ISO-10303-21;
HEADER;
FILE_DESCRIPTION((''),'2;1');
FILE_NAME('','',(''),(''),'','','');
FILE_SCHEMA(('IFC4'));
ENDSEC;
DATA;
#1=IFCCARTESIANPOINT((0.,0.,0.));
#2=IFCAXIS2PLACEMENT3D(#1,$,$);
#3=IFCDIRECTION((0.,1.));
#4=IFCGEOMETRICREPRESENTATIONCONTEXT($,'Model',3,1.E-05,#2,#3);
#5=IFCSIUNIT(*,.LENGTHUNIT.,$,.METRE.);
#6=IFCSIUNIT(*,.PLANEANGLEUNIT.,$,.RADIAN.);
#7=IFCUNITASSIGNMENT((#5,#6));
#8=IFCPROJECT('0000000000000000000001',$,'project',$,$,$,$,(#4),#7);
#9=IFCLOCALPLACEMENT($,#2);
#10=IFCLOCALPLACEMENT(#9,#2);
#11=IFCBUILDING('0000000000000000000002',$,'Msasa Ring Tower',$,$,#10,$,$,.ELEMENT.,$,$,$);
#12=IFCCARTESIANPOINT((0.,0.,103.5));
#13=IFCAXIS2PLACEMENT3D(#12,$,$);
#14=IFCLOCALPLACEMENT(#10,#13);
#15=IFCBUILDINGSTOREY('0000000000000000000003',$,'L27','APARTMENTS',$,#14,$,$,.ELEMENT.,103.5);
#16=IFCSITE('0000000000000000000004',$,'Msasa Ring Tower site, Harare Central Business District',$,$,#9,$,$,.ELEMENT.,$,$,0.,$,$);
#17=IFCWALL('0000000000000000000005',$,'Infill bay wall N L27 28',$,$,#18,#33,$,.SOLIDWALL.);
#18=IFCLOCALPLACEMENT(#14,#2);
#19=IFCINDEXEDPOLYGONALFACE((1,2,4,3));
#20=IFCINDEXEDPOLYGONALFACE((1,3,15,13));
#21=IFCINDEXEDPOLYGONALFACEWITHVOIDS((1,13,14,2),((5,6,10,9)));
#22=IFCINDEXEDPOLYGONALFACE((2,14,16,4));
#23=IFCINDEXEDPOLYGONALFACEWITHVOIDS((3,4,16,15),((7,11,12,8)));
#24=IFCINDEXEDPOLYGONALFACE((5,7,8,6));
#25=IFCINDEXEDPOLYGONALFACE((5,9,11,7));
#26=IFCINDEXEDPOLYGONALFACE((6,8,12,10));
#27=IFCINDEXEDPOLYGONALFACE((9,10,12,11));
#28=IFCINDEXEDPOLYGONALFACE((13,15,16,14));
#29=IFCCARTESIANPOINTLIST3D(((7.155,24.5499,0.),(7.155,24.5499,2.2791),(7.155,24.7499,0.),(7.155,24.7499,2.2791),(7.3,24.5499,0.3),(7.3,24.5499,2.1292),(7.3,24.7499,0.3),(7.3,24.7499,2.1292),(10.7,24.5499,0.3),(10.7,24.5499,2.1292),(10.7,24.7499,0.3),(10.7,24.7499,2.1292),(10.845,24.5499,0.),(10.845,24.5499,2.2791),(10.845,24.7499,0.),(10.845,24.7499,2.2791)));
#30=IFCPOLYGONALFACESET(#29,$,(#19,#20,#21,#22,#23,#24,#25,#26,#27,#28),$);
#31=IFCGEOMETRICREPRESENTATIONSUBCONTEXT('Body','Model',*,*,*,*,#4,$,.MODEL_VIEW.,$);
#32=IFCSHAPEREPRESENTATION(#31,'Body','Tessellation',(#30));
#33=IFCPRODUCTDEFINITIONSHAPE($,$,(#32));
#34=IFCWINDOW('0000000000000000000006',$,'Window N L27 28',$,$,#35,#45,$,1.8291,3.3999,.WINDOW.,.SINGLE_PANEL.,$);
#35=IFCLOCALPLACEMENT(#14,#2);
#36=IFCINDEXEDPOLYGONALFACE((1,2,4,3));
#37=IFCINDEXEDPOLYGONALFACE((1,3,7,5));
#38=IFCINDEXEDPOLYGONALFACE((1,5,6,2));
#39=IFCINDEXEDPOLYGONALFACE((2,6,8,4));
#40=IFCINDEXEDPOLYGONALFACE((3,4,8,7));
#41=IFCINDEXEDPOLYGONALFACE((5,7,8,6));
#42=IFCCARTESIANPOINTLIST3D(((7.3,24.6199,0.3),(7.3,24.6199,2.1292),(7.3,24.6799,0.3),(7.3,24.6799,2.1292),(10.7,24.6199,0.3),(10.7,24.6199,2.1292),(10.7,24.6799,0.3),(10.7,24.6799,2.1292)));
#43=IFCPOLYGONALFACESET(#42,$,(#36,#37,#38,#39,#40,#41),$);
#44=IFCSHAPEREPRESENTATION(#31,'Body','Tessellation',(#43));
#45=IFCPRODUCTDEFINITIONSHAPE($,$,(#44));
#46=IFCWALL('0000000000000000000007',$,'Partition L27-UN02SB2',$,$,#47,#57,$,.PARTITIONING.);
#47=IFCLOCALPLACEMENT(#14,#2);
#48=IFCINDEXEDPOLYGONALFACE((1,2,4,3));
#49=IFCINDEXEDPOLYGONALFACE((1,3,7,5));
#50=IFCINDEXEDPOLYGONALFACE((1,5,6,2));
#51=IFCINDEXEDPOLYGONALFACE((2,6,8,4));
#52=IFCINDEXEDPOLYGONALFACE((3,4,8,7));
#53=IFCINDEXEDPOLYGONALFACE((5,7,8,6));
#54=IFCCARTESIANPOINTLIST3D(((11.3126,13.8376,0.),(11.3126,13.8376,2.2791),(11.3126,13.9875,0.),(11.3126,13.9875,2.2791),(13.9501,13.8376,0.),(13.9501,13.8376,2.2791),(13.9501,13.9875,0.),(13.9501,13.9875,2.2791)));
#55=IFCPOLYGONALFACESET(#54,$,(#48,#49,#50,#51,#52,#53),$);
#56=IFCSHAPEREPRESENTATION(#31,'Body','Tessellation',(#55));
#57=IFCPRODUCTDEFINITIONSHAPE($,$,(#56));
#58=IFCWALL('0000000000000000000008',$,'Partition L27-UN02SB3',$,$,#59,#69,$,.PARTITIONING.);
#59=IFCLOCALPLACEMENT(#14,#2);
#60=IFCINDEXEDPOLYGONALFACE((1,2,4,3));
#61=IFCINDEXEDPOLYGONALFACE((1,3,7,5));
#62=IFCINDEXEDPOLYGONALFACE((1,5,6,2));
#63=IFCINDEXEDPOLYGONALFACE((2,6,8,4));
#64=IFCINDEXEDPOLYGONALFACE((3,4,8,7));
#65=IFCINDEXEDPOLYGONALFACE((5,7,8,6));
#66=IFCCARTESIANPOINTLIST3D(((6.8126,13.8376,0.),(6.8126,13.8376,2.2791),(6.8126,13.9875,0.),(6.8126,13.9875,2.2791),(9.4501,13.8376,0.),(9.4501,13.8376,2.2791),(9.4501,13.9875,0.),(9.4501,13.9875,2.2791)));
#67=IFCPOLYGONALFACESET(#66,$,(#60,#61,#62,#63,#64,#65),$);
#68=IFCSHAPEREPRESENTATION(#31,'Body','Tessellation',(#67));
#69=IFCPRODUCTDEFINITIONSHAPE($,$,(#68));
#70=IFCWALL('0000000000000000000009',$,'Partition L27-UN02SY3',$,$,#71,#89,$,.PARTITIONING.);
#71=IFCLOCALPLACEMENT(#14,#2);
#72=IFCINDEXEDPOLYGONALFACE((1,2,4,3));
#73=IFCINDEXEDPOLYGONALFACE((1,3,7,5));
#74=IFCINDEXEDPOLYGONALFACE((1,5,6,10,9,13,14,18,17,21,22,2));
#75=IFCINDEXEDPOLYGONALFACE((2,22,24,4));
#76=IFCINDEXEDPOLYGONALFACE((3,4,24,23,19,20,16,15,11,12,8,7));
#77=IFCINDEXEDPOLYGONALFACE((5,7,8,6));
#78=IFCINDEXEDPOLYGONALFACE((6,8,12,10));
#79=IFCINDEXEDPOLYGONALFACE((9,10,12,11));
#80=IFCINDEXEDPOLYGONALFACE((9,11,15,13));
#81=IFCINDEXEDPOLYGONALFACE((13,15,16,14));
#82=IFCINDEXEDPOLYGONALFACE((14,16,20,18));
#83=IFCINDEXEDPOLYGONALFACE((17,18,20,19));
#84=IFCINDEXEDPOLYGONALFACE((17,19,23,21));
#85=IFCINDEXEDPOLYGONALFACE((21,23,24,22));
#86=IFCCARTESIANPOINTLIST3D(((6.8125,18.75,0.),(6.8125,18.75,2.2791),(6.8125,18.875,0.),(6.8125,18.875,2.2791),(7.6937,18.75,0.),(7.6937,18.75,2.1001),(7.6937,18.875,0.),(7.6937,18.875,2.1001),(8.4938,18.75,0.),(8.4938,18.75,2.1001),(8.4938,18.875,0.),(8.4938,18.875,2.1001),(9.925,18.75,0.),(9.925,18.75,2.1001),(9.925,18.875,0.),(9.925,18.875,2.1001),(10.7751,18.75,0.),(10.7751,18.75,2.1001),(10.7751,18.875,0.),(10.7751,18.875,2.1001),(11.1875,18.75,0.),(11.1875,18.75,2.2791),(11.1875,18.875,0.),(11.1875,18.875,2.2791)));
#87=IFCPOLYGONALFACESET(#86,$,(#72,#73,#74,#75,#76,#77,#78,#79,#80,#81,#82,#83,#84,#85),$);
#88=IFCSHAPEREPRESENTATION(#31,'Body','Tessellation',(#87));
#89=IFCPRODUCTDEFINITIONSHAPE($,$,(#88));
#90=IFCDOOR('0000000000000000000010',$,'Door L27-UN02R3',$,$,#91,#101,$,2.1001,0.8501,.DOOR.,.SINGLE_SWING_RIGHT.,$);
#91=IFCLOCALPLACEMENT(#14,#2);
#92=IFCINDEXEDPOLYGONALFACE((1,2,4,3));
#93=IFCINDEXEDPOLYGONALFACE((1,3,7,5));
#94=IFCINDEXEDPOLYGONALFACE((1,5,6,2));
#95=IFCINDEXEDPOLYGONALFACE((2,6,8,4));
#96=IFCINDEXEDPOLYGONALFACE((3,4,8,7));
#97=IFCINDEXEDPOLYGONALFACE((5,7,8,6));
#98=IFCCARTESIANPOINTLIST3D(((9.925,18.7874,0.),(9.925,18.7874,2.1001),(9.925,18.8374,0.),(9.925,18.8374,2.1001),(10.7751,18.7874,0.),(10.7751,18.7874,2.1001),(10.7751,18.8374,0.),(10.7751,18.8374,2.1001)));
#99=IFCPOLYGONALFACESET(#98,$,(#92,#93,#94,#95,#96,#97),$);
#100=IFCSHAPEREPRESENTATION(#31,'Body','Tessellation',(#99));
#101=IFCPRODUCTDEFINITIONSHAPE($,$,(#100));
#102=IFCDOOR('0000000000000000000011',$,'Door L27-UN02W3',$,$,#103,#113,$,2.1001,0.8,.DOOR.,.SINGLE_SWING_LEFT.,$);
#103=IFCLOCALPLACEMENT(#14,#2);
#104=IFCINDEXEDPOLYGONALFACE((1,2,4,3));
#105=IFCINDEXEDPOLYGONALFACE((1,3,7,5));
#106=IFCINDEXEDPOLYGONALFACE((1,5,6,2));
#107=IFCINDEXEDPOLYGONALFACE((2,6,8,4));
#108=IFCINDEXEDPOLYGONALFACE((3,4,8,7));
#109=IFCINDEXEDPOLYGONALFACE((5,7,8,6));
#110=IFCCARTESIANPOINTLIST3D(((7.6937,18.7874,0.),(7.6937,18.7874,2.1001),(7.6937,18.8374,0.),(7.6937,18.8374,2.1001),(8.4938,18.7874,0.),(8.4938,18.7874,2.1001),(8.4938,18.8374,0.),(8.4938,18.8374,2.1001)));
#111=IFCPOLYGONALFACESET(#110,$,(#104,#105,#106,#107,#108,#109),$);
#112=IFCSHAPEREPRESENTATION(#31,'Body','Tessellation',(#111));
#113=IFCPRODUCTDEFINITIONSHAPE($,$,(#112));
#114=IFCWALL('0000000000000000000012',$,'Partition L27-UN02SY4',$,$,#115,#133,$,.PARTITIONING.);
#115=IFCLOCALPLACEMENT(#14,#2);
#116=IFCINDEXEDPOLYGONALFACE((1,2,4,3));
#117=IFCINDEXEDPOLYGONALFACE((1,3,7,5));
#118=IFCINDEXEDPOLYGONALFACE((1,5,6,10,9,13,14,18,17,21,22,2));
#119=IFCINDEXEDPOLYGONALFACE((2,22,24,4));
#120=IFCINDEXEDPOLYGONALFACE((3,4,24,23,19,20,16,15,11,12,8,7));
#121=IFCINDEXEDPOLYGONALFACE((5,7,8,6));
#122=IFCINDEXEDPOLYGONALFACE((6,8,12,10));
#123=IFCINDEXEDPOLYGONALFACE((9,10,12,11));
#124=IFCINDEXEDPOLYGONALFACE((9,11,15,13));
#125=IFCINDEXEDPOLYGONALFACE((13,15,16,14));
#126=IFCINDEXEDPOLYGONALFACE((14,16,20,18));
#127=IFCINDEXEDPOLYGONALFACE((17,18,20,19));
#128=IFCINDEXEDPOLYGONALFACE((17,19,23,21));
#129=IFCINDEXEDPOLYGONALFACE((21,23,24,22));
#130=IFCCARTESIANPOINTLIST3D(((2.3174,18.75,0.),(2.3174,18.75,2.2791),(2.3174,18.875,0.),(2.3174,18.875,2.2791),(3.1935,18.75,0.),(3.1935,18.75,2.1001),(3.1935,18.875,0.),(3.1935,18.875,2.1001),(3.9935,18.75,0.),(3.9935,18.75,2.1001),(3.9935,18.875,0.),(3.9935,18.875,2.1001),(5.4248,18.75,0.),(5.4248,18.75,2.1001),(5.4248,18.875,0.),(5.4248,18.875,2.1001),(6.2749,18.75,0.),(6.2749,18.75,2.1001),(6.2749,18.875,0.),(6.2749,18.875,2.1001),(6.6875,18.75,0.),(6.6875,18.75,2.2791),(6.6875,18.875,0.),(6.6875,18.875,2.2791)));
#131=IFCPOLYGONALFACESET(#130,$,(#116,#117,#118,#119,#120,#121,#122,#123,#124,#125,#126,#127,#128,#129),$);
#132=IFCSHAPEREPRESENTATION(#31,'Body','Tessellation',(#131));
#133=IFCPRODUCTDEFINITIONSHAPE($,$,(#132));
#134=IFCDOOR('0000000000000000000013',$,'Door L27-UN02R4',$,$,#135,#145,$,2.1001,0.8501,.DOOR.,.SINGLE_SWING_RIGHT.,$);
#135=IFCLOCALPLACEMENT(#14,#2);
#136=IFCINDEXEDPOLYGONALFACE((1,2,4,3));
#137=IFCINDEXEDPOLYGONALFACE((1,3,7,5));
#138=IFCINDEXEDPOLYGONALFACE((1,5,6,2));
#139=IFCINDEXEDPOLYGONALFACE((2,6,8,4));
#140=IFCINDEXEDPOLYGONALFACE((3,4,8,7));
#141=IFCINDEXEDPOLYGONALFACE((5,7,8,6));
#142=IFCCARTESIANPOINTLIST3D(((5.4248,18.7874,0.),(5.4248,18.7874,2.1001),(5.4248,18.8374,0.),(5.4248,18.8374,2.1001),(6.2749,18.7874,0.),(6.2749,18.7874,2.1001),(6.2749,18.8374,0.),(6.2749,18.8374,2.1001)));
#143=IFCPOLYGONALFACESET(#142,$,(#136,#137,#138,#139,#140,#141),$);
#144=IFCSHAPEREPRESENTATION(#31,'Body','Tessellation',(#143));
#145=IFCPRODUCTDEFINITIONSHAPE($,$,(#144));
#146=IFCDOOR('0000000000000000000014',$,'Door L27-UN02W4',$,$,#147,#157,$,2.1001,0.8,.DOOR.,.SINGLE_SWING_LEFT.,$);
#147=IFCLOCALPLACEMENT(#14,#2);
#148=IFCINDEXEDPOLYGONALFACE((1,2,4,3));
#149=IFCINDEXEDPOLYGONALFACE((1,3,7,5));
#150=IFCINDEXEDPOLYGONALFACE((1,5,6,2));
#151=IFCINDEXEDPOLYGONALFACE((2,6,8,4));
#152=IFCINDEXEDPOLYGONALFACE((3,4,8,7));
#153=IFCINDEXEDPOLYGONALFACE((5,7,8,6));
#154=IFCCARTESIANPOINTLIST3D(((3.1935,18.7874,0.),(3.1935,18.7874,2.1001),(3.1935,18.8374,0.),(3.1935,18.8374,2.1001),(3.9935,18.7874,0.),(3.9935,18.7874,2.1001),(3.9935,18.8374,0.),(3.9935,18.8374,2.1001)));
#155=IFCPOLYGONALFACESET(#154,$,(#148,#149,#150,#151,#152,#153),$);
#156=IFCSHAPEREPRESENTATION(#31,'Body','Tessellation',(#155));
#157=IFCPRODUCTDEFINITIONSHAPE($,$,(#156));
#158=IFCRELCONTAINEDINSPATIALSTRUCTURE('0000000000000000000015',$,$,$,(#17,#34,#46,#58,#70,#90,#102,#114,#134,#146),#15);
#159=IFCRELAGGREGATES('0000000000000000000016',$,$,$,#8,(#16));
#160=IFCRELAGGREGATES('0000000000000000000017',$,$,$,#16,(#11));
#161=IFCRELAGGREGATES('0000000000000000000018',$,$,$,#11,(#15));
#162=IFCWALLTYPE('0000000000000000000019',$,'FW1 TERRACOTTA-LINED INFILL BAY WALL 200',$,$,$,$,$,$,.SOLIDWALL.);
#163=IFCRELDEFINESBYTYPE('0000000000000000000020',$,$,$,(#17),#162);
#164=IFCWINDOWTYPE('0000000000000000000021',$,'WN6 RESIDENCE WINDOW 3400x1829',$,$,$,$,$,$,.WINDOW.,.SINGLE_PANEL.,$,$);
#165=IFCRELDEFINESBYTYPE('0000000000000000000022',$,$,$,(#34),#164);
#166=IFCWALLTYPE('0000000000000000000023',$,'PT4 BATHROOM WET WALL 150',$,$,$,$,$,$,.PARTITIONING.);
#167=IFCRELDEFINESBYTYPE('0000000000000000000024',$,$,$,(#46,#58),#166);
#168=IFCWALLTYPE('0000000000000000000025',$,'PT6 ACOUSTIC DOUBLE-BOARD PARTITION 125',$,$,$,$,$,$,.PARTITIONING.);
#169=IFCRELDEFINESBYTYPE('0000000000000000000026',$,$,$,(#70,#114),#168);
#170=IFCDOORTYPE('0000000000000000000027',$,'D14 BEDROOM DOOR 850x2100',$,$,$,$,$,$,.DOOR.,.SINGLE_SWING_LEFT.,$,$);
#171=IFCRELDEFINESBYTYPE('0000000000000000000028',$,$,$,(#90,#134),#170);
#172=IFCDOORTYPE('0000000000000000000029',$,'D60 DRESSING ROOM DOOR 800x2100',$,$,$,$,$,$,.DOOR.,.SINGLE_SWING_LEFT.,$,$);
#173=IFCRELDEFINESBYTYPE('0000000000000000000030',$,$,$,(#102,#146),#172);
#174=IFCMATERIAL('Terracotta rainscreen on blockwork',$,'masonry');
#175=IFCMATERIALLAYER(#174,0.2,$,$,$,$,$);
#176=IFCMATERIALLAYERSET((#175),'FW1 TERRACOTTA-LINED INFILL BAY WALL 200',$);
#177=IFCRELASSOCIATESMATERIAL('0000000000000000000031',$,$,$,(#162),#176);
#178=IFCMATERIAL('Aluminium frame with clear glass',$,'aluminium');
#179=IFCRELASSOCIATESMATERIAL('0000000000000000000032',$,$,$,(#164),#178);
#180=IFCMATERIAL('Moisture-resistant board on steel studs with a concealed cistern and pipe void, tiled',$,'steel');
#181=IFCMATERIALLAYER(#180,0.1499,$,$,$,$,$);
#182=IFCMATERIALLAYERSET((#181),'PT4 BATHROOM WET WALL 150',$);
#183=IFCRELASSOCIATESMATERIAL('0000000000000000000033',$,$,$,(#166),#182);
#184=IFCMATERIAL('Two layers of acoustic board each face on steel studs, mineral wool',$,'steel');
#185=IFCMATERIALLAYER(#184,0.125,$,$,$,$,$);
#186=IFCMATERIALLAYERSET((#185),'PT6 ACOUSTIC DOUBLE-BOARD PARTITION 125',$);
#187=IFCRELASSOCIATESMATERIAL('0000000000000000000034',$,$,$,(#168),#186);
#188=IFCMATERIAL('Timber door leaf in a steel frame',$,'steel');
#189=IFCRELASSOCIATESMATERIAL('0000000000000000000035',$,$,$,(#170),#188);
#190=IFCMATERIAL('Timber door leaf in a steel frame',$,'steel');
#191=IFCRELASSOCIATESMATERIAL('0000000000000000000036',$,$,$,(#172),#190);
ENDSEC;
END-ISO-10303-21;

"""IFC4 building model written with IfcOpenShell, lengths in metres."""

from ifc_helpers import new_model, si_unit, direction, frame, frame_2d, origin, place, context, subcontext, project, spatial, rectangle, extrude, material, layer, layer_set, type_object, element, fill, save


model = new_model("IFC4")

# Units and contexts
model_context = context("Model", 3, precision=1e-05, world=origin(), true_north=direction((0.0, 1.0)))
body_context = subcontext(model_context, "Body", "Model", "MODEL_VIEW")
ifc_project = project(units=[si_unit("LENGTHUNIT", "METRE"), si_unit("PLANEANGLEUNIT", "RADIAN")], contexts=[model_context])

# Site, building, storey
site_placement = place(None, origin())
site = spatial("IfcSite", under=ifc_project, at=site_placement, Name="Msasa Ring Tower site, Harare Central Business District", CompositionType="ELEMENT", RefElevation=0.0)
building_placement = place(site_placement, origin())
building = spatial("IfcBuilding", under=site, at=building_placement, Name="Msasa Ring Tower", CompositionType="ELEMENT")
storey_placement = place(building_placement, frame((0.0, 0.0, 103.5)))
storey = spatial("IfcBuildingStorey", under=building, at=storey_placement, Name="L27", Description="APARTMENTS", CompositionType="ELEMENT", Elevation=103.5)

# Wall, opening, window
ifc_material_1 = material(Name="Terracotta rainscreen on blockwork", Category="masonry")
ifc_layer_1 = layer(ifc_material_1, 0.2)
ifc_layer_set_1 = layer_set([ifc_layer_1], Name="FW1 TERRACOTTA-LINED INFILL BAY WALL 200")
wall_type_1 = type_object("IfcWallType", Name="FW1 TERRACOTTA-LINED INFILL BAY WALL 200", PredefinedType="SOLIDWALL", material=ifc_layer_set_1)
ifc_material_2 = material(Name="Aluminium frame with clear glass", Category="aluminium")
window_type = type_object("IfcWindowType", Name="WN6 RESIDENCE WINDOW 3400x1829", PartitioningType="SINGLE_PANEL", PredefinedType="WINDOW", material=ifc_material_2)
wall_1_placement = place(storey_placement, frame((7.155, 24.6499, 0.0), z_axis=(0.0, 0.0, 1.0), x_axis=(1.0, 0.0, 0.0)))
wall_1 = element("IfcWall", 1, at=wall_1_placement, inside=storey, type_object=wall_type_1, Name="Infill bay wall N L27 28", PredefinedType="SOLIDWALL", context=body_context, shape_type="SweptSolid", body=[
    extrude(rectangle(XDim=3.6899, YDim=0.2, at=frame_2d((1.845, 0.0))), origin(), (0.0, 0.0, 1.0), 2.2791),
])
opening_1_placement = place(wall_1_placement, frame((0.145, 0.0, 0.3)))
opening_1 = element("IfcOpeningElement", 2, at=opening_1_placement, cuts=wall_1, PredefinedType="OPENING", context=body_context, shape_type="SweptSolid", body=[
    extrude(rectangle(XDim=3.3999, YDim=1.8291, at=frame_2d((1.7, 0.9146))), frame((0.0, 0.1099, 0.0), z_axis=(0.0, -1.0, 0.0), x_axis=(1.0, 0.0, 0.0)), (0.0, 0.0, 1.0), 0.22),
])
window_1_placement = place(opening_1_placement, origin())
window_1 = element("IfcWindow", 3, at=window_1_placement, inside=storey, type_object=window_type, Name="Window N L27 28", OverallHeight=1.8291, OverallWidth=3.3999, PartitioningType="SINGLE_PANEL", PredefinedType="WINDOW", context=body_context, shape_type="SweptSolid", body=[
    extrude(rectangle(XDim=3.3999, YDim=1.8291, at=frame_2d((1.7, 0.9146))), frame((0.0, 0.03, 0.0), z_axis=(0.0, -1.0, 0.0), x_axis=(1.0, 0.0, 0.0)), (0.0, 0.0, 1.0), 0.0601),
])
fill(opening_1, window_1)

# Walls
ifc_material_3 = material(Name="Moisture-resistant board on steel studs with a concealed cistern and pipe void, tiled", Category="steel")
ifc_layer_2 = layer(ifc_material_3, 0.1499)
ifc_layer_set_2 = layer_set([ifc_layer_2], Name="PT4 BATHROOM WET WALL 150")
wall_type_2 = type_object("IfcWallType", Name="PT4 BATHROOM WET WALL 150", PredefinedType="PARTITIONING", material=ifc_layer_set_2)
for number, where, z_axis, x_axis, name in (
    (4, (11.3125, 13.9126, 0.0), (0.0, 0.0, 1.0), (1.0, 0.0, 0.0), "Partition L27-UN02SB2"),
    (5, (6.8125, 13.9126, 0.0), (0.0, 0.0, 1.0), (1.0, 0.0, 0.0), "Partition L27-UN02SB3"),
):
    element("IfcWall", number, at=place(storey_placement, frame(where, z_axis=z_axis, x_axis=x_axis)), inside=storey, type_object=wall_type_2, Name=name, PredefinedType="PARTITIONING", context=body_context, shape_type="SweptSolid", body=[
        extrude(rectangle(XDim=2.6375, YDim=0.1499, at=frame_2d((1.3188, 0.0))), origin(), (0.0, 0.0, 1.0), 2.2791),
    ])

# Walls, openings, doors
ifc_material_4 = material(Name="Two layers of acoustic board each face on steel studs, mineral wool", Category="steel")
ifc_layer_3 = layer(ifc_material_4, 0.125)
ifc_layer_set_3 = layer_set([ifc_layer_3], Name="PT6 ACOUSTIC DOUBLE-BOARD PARTITION 125")
wall_type_3 = type_object("IfcWallType", Name="PT6 ACOUSTIC DOUBLE-BOARD PARTITION 125", PredefinedType="PARTITIONING", material=ifc_layer_set_3)
wall_2_placement = place(storey_placement, frame((6.8125, 18.8125, 0.0), z_axis=(0.0, 0.0, 1.0), x_axis=(1.0, 0.0, 0.0)))
wall_2 = element("IfcWall", 6, at=wall_2_placement, inside=storey, type_object=wall_type_3, Name="Partition L27-UN02SY3", PredefinedType="PARTITIONING", context=body_context, shape_type="SweptSolid", body=[
    extrude(rectangle(XDim=4.375, YDim=0.125, at=frame_2d((2.1875, 0.0))), origin(), (0.0, 0.0, 1.0), 2.2791),
])
opening_2_placement = place(wall_2_placement, frame((3.1125, 0.0, 0.0)))
opening_2 = element("IfcOpeningElement", 7, at=opening_2_placement, cuts=wall_2, PredefinedType="OPENING", context=body_context, shape_type="SweptSolid", body=[
    extrude(rectangle(XDim=0.8501, YDim=2.1001, at=frame_2d((0.425, 1.05))), frame((0.0, 0.0725, 0.0), z_axis=(0.0, -1.0, 0.0), x_axis=(1.0, 0.0, 0.0)), (0.0, 0.0, 1.0), 0.145),
])
opening_3_placement = place(wall_2_placement, frame((0.8813, 0.0, 0.0)))
opening_3 = element("IfcOpeningElement", 8, at=opening_3_placement, cuts=wall_2, PredefinedType="OPENING", context=body_context, shape_type="SweptSolid", body=[
    extrude(rectangle(XDim=0.8, YDim=2.1001, at=frame_2d((0.3999, 1.05))), frame((0.0, 0.0725, 0.0), z_axis=(0.0, -1.0, 0.0), x_axis=(1.0, 0.0, 0.0)), (0.0, 0.0, 1.0), 0.145),
])
ifc_material_5 = material(Name="Timber door leaf in a steel frame", Category="steel")
door_type_1 = type_object("IfcDoorType", Name="D14 BEDROOM DOOR 850x2100", OperationType="SINGLE_SWING_LEFT", PredefinedType="DOOR", material=ifc_material_5)
door_1_placement = place(opening_2_placement, origin())
door_1 = element("IfcDoor", 9, at=door_1_placement, inside=storey, type_object=door_type_1, Name="Door L27-UN02R3", OperationType="SINGLE_SWING_RIGHT", OverallHeight=2.1001, OverallWidth=0.8501, PredefinedType="DOOR", context=body_context, shape_type="SweptSolid", body=[
    extrude(rectangle(XDim=0.8501, YDim=2.1001, at=frame_2d((0.425, 1.05))), frame((0.0, 0.0249, 0.0), z_axis=(0.0, -1.0, 0.0), x_axis=(1.0, 0.0, 0.0)), (0.0, 0.0, 1.0), 0.05),
])
fill(opening_2, door_1)
ifc_material_6 = material(Name="Timber door leaf in a steel frame", Category="steel")
door_type_2 = type_object("IfcDoorType", Name="D60 DRESSING ROOM DOOR 800x2100", OperationType="SINGLE_SWING_LEFT", PredefinedType="DOOR", material=ifc_material_6)
door_2_placement = place(opening_3_placement, origin())
door_2 = element("IfcDoor", 10, at=door_2_placement, inside=storey, type_object=door_type_2, Name="Door L27-UN02W3", OperationType="SINGLE_SWING_LEFT", OverallHeight=2.1001, OverallWidth=0.8, PredefinedType="DOOR", context=body_context, shape_type="SweptSolid", body=[
    extrude(rectangle(XDim=0.8, YDim=2.1001, at=frame_2d((0.3999, 1.05))), frame((0.0, 0.0249, 0.0), z_axis=(0.0, -1.0, 0.0), x_axis=(1.0, 0.0, 0.0)), (0.0, 0.0, 1.0), 0.05),
])
fill(opening_3, door_2)
wall_3_placement = place(storey_placement, frame((2.3174, 18.8125, 0.0), z_axis=(0.0, 0.0, 1.0), x_axis=(1.0, 0.0, 0.0)))
wall_3 = element("IfcWall", 11, at=wall_3_placement, inside=storey, type_object=wall_type_3, Name="Partition L27-UN02SY4", PredefinedType="PARTITIONING", context=body_context, shape_type="SweptSolid", body=[
    extrude(rectangle(XDim=4.3701, YDim=0.125, at=frame_2d((2.1851, 0.0))), origin(), (0.0, 0.0, 1.0), 2.2791),
])
opening_4_placement = place(wall_3_placement, frame((3.1074, 0.0, 0.0)))
opening_4 = element("IfcOpeningElement", 12, at=opening_4_placement, cuts=wall_3, PredefinedType="OPENING", context=body_context, shape_type="SweptSolid", body=[
    extrude(rectangle(XDim=0.8501, YDim=2.1001, at=frame_2d((0.425, 1.05))), frame((0.0, 0.0725, 0.0), z_axis=(0.0, -1.0, 0.0), x_axis=(1.0, 0.0, 0.0)), (0.0, 0.0, 1.0), 0.145),
])
opening_5_placement = place(wall_3_placement, frame((0.8762, 0.0, 0.0)))
opening_5 = element("IfcOpeningElement", 13, at=opening_5_placement, cuts=wall_3, PredefinedType="OPENING", context=body_context, shape_type="SweptSolid", body=[
    extrude(rectangle(XDim=0.8, YDim=2.1001, at=frame_2d((0.3999, 1.05))), frame((0.0, 0.0725, 0.0), z_axis=(0.0, -1.0, 0.0), x_axis=(1.0, 0.0, 0.0)), (0.0, 0.0, 1.0), 0.145),
])
door_3_placement = place(opening_4_placement, origin())
door_3 = element("IfcDoor", 14, at=door_3_placement, inside=storey, type_object=door_type_1, Name="Door L27-UN02R4", OperationType="SINGLE_SWING_RIGHT", OverallHeight=2.1001, OverallWidth=0.8501, PredefinedType="DOOR", context=body_context, shape_type="SweptSolid", body=[
    extrude(rectangle(XDim=0.8501, YDim=2.1001, at=frame_2d((0.425, 1.05))), frame((0.0, 0.0249, 0.0), z_axis=(0.0, -1.0, 0.0), x_axis=(1.0, 0.0, 0.0)), (0.0, 0.0, 1.0), 0.05),
])
fill(opening_4, door_3)
door_4_placement = place(opening_5_placement, origin())
door_4 = element("IfcDoor", 15, at=door_4_placement, inside=storey, type_object=door_type_2, Name="Door L27-UN02W4", OperationType="SINGLE_SWING_LEFT", OverallHeight=2.1001, OverallWidth=0.8, PredefinedType="DOOR", context=body_context, shape_type="SweptSolid", body=[
    extrude(rectangle(XDim=0.8, YDim=2.1001, at=frame_2d((0.3999, 1.05))), frame((0.0, 0.0249, 0.0), z_axis=(0.0, -1.0, 0.0), x_axis=(1.0, 0.0, 0.0)), (0.0, 0.0, 1.0), 0.05),
])
fill(opening_5, door_4)

save(model, "model.ifc")
